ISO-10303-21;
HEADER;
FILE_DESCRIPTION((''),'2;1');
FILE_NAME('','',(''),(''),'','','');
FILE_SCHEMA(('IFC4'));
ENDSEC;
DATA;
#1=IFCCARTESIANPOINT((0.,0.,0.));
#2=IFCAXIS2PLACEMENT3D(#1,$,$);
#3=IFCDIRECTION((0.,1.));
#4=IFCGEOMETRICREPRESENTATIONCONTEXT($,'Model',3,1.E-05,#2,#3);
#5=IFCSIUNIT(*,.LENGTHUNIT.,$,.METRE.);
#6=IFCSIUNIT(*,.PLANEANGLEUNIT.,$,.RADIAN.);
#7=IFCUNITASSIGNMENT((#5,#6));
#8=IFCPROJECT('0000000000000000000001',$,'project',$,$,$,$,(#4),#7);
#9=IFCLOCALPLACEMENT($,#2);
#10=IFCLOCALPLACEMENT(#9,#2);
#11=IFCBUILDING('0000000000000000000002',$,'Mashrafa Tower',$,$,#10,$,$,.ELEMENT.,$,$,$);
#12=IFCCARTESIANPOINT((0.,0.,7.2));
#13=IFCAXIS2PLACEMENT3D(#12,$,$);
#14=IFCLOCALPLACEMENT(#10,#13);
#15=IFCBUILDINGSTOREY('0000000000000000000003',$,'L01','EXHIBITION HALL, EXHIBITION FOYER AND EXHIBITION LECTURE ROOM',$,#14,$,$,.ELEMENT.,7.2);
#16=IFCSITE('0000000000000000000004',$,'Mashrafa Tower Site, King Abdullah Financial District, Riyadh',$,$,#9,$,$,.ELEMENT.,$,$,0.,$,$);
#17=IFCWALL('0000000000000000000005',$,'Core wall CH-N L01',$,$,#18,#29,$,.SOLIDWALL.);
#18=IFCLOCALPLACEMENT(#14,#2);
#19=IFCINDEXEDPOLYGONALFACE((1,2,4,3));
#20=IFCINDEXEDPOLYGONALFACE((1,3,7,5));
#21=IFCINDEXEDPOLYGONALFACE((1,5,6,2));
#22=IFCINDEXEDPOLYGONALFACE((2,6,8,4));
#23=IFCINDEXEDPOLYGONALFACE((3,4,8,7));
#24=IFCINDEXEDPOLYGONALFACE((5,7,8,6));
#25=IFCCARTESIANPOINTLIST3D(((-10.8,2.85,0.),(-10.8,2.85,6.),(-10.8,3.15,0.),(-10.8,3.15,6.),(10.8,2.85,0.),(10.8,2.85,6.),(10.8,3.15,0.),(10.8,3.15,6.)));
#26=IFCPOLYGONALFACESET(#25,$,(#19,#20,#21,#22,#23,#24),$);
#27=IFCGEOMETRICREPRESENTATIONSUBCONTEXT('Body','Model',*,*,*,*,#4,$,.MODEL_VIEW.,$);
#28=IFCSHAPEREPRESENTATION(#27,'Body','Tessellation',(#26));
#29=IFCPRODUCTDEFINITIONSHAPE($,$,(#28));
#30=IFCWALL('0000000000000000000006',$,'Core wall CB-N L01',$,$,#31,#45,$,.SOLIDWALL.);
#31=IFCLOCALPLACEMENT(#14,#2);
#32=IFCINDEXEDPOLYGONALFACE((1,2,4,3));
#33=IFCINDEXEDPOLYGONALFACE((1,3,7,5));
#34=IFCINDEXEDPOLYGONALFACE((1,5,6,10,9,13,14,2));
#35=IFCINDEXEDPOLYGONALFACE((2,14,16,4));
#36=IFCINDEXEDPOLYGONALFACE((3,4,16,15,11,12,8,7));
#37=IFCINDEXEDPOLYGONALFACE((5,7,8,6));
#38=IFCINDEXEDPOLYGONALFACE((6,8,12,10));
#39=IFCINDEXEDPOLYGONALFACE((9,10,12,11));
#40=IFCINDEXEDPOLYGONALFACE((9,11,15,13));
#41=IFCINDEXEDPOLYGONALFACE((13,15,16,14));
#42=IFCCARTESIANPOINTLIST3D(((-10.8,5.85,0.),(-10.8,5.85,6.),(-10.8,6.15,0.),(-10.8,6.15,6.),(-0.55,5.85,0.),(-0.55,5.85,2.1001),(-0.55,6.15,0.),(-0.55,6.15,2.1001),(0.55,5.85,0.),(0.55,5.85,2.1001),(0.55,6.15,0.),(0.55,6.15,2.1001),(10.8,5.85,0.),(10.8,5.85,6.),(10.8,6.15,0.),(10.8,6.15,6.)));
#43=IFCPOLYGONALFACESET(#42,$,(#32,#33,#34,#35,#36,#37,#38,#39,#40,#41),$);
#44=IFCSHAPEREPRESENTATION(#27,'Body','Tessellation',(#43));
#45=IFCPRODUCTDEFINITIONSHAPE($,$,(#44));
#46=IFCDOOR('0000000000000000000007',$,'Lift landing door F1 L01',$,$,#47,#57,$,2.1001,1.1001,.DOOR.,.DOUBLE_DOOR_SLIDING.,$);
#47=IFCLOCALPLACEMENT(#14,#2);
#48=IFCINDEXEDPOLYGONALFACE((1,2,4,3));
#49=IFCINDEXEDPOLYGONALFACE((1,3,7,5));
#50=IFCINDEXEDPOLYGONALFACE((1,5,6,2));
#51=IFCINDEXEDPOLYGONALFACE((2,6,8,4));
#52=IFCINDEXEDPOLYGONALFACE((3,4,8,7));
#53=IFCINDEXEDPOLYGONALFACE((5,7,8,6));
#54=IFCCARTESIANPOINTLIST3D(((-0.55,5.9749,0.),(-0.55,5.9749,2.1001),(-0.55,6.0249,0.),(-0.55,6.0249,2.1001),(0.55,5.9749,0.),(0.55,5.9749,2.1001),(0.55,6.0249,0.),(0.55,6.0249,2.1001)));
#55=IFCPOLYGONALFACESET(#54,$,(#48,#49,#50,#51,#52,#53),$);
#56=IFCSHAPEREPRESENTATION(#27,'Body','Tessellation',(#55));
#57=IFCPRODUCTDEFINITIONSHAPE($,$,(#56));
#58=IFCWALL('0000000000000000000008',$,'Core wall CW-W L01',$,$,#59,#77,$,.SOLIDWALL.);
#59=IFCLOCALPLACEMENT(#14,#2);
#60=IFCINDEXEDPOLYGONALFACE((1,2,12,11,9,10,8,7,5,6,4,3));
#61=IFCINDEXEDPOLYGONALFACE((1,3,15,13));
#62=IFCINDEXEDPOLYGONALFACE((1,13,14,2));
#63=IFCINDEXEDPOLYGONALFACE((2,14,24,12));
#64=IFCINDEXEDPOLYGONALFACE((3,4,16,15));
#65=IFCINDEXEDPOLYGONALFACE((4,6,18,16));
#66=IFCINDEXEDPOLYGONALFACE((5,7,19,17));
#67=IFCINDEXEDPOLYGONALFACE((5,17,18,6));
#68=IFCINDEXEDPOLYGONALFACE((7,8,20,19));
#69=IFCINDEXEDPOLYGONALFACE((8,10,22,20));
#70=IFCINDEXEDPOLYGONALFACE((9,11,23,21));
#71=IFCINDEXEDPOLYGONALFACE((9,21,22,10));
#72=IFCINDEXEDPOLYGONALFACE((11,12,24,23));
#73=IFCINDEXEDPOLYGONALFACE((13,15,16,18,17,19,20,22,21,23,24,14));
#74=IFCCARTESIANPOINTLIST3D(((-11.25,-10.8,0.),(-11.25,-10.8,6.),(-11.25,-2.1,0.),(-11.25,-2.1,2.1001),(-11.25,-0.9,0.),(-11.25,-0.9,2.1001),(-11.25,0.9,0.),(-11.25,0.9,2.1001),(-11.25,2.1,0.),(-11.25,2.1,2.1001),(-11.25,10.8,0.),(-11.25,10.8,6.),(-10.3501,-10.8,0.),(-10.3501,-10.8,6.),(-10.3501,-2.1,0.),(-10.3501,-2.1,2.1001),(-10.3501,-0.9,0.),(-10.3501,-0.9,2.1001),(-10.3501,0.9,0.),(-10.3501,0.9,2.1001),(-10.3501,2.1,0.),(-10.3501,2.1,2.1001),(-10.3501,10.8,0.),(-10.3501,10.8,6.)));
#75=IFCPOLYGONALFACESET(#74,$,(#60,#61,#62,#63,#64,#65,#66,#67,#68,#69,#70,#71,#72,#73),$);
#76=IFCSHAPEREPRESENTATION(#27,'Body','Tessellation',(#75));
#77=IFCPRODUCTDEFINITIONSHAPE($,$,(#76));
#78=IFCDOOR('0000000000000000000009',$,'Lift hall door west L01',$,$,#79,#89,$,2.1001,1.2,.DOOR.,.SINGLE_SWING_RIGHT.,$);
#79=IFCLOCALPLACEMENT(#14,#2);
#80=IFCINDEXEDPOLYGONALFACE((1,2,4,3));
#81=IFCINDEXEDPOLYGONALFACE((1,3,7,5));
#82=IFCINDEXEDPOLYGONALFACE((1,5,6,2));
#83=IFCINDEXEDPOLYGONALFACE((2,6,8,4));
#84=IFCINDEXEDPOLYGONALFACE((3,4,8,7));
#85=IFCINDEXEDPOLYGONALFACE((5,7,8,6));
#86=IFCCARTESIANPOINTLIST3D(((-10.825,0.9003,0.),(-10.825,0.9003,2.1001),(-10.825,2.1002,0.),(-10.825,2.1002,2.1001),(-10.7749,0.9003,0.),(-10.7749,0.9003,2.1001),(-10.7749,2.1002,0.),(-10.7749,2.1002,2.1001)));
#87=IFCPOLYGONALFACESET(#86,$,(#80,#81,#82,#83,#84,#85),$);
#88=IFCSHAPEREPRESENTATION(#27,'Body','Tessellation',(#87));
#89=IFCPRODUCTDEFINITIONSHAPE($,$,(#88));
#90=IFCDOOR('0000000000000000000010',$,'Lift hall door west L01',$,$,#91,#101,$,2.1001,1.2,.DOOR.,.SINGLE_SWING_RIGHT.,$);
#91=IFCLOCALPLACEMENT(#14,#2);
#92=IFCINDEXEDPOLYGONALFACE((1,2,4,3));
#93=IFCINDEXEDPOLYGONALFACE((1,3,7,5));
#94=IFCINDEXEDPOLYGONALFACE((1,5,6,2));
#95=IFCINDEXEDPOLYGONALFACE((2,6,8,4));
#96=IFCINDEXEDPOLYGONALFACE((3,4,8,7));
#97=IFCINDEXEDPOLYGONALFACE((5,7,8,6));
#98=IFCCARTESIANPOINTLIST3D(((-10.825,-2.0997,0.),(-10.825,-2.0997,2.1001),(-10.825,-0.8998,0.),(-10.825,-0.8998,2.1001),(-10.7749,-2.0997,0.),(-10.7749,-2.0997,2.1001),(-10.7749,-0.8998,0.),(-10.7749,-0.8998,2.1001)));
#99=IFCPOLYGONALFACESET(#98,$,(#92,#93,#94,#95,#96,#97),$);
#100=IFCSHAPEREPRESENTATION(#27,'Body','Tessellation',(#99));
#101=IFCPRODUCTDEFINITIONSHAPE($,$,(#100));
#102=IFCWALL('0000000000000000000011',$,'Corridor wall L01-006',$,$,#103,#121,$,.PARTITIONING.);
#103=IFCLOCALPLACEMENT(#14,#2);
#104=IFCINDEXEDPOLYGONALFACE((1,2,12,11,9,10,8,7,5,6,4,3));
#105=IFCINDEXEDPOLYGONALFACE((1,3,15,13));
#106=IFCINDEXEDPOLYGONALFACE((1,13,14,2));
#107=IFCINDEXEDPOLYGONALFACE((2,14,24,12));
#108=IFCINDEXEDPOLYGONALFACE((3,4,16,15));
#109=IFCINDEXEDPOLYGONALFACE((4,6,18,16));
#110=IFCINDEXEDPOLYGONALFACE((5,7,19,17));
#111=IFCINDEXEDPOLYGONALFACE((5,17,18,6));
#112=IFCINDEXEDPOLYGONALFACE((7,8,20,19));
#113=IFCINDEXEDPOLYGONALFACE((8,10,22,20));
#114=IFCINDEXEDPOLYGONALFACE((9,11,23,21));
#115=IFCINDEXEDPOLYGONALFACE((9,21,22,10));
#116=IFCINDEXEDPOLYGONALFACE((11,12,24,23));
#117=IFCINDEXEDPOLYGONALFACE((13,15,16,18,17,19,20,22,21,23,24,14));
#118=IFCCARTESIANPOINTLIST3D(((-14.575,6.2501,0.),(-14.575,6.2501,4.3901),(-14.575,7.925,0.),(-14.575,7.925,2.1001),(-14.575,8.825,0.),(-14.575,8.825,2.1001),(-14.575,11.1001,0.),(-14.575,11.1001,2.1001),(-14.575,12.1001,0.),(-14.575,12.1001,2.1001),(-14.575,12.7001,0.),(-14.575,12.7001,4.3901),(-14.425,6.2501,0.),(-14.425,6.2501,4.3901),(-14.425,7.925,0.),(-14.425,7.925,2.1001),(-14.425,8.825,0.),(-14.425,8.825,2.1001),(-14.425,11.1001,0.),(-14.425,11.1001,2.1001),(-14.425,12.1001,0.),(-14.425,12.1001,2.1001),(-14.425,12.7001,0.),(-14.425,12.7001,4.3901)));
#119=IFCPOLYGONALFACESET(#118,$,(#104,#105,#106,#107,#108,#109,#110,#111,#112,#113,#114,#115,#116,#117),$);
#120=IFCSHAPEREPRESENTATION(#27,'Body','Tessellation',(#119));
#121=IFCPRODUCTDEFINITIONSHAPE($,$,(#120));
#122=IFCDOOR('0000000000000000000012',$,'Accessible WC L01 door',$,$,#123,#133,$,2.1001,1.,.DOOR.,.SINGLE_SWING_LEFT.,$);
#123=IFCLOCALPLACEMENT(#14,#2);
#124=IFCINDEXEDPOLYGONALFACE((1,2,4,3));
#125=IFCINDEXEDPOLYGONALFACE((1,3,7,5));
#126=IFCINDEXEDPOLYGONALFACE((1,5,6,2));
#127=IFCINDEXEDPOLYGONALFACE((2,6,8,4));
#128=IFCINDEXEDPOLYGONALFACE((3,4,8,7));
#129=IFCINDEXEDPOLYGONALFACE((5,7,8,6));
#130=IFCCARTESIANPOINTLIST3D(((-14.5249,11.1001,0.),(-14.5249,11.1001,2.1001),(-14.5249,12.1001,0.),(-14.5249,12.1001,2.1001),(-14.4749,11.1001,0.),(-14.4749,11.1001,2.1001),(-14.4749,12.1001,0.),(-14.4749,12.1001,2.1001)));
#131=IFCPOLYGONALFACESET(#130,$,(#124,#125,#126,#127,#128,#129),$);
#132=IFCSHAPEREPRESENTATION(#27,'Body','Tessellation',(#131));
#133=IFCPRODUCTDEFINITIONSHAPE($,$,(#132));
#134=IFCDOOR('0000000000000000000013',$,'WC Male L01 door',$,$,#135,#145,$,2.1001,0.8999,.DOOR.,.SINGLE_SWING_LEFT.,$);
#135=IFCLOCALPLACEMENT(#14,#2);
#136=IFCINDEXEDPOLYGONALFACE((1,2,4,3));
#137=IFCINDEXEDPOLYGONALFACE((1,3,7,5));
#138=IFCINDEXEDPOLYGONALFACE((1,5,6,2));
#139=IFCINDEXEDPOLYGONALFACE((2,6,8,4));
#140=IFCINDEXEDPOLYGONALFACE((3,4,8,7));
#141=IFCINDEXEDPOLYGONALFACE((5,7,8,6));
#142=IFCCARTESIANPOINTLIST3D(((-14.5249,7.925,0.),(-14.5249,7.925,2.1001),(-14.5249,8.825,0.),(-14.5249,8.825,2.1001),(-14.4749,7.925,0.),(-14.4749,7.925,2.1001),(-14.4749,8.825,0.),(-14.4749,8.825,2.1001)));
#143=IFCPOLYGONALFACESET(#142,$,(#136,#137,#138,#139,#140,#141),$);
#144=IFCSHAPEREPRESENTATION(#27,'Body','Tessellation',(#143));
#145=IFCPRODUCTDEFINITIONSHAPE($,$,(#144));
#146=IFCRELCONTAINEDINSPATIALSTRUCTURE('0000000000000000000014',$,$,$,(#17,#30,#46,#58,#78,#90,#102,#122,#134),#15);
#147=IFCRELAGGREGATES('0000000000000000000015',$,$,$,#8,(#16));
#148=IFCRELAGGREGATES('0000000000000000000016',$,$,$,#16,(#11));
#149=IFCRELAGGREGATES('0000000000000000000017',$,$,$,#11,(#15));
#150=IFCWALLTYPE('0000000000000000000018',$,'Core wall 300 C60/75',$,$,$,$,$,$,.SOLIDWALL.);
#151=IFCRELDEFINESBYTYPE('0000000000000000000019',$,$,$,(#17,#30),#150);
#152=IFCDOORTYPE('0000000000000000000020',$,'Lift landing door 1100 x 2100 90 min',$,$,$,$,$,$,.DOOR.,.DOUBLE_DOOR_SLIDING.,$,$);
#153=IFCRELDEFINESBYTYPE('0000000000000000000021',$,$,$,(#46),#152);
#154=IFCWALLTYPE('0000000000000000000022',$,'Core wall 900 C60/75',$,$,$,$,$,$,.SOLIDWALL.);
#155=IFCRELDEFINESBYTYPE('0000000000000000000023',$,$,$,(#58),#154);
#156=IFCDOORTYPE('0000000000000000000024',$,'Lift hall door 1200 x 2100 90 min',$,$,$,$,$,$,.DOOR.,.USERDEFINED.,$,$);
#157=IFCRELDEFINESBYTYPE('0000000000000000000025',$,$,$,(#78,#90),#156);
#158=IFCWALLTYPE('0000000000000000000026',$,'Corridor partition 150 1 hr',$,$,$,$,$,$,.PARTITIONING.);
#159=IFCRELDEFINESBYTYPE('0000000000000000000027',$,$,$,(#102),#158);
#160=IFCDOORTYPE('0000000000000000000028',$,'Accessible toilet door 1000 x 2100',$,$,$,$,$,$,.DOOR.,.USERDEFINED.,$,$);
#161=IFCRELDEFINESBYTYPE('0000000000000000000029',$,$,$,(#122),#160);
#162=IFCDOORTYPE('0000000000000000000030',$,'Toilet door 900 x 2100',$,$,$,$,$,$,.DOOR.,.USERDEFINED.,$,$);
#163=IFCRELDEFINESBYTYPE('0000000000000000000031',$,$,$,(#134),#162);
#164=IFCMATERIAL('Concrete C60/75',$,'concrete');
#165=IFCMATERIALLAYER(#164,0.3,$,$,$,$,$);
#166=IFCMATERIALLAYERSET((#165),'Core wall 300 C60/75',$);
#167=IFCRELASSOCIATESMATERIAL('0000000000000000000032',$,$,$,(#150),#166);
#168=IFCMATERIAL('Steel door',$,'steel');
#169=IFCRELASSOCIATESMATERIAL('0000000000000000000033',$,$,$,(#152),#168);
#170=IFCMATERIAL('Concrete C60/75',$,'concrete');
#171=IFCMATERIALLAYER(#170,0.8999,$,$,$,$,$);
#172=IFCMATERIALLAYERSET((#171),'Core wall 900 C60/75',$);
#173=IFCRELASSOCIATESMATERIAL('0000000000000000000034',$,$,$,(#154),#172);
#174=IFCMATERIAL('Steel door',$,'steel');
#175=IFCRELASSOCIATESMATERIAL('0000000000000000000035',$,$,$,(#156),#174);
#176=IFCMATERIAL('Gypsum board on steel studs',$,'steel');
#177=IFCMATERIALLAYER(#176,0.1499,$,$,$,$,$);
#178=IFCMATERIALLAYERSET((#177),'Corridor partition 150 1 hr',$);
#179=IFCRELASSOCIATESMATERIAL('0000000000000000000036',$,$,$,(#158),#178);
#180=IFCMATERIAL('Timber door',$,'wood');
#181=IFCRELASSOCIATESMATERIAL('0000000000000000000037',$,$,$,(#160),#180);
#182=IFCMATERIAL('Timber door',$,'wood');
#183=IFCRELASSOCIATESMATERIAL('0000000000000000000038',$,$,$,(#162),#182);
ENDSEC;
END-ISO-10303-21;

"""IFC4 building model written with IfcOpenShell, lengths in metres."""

from ifc_helpers import new_model, si_unit, direction, frame, frame_2d, origin, place, context, subcontext, project, spatial, rectangle, extrude, material, layer, layer_set, type_object, element, fill, save


model = new_model("IFC4")

# Units and contexts
model_context = context("Model", 3, precision=1e-05, world=origin(), true_north=direction((0.0, 1.0)))
body_context = subcontext(model_context, "Body", "Model", "MODEL_VIEW")
ifc_project = project(units=[si_unit("LENGTHUNIT", "METRE"), si_unit("PLANEANGLEUNIT", "RADIAN")], contexts=[model_context])

# Site, building, storey
site_placement = place(None, origin())
site = spatial("IfcSite", under=ifc_project, at=site_placement, Name="Mashrafa Tower Site, King Abdullah Financial District, Riyadh", CompositionType="ELEMENT", RefElevation=0.0)
building_placement = place(site_placement, origin())
building = spatial("IfcBuilding", under=site, at=building_placement, Name="Mashrafa Tower", CompositionType="ELEMENT")
storey_placement = place(building_placement, frame((0.0, 0.0, 7.2)))
storey = spatial("IfcBuildingStorey", under=building, at=storey_placement, Name="L01", Description="EXHIBITION HALL, EXHIBITION FOYER AND EXHIBITION LECTURE ROOM", CompositionType="ELEMENT", Elevation=7.2)

# Wall
ifc_material_1 = material(Name="Concrete C60/75", Category="concrete")
ifc_layer_1 = layer(ifc_material_1, 0.3)
ifc_layer_set_1 = layer_set([ifc_layer_1], Name="Core wall 300 C60/75")
wall_type_1 = type_object("IfcWallType", Name="Core wall 300 C60/75", PredefinedType="SOLIDWALL", material=ifc_layer_set_1)
wall_1_placement = place(storey_placement, frame((-10.8, 3.0, 0.0), z_axis=(0.0, 0.0, 1.0), x_axis=(1.0, 0.0, 0.0)))
element("IfcWall", 1, at=wall_1_placement, inside=storey, type_object=wall_type_1, Name="Core wall CH-N L01", PredefinedType="SOLIDWALL", context=body_context, shape_type="SweptSolid", body=[
    extrude(rectangle(XDim=21.6001, YDim=0.3, at=frame_2d((10.8, 0.0))), origin(), (0.0, 0.0, 1.0), 6.0),
])

# Wall, opening, door
wall_2_placement = place(storey_placement, frame((-10.8, 6.0, 0.0), z_axis=(0.0, 0.0, 1.0), x_axis=(1.0, 0.0, 0.0)))
wall_2 = element("IfcWall", 2, at=wall_2_placement, inside=storey, type_object=wall_type_1, Name="Core wall CB-N L01", PredefinedType="SOLIDWALL", context=body_context, shape_type="SweptSolid", body=[
    extrude(rectangle(XDim=21.6001, YDim=0.3, at=frame_2d((10.8, 0.0))), origin(), (0.0, 0.0, 1.0), 6.0),
])
opening_1_placement = place(wall_2_placement, frame((10.25, 0.0, 0.0)))
opening_1 = element("IfcOpeningElement", 3, at=opening_1_placement, cuts=wall_2, PredefinedType="OPENING", context=body_context, shape_type="SweptSolid", body=[
    extrude(rectangle(XDim=1.1001, YDim=2.1001, at=frame_2d((0.55, 1.05))), frame((0.0, 0.1599, 0.0), z_axis=(0.0, -1.0, 0.0), x_axis=(1.0, 0.0, 0.0)), (0.0, 0.0, 1.0), 0.3201),
])
ifc_material_2 = material(Name="Steel door", Category="steel")
door_type_1 = type_object("IfcDoorType", Name="Lift landing door 1100 x 2100 90 min", OperationType="DOUBLE_DOOR_SLIDING", PredefinedType="DOOR", material=ifc_material_2)
door_1_placement = place(opening_1_placement, origin())
door_1 = element("IfcDoor", 4, at=door_1_placement, inside=storey, type_object=door_type_1, Name="Lift landing door F1 L01", OperationType="DOUBLE_DOOR_SLIDING", OverallHeight=2.1001, OverallWidth=1.1001, PredefinedType="DOOR", context=body_context, shape_type="SweptSolid", body=[
    extrude(rectangle(XDim=1.1001, YDim=2.1001, at=frame_2d((0.55, 1.05))), frame((0.0, 0.0249, 0.0), z_axis=(0.0, -1.0, 0.0), x_axis=(1.0, 0.0, 0.0)), (0.0, 0.0, 1.0), 0.05),
])
fill(opening_1, door_1)

# Walls, openings, doors
ifc_material_3 = material(Name="Concrete C60/75", Category="concrete")
ifc_layer_2 = layer(ifc_material_3, 0.8999)
ifc_layer_set_2 = layer_set([ifc_layer_2], Name="Core wall 900 C60/75")
wall_type_2 = type_object("IfcWallType", Name="Core wall 900 C60/75", PredefinedType="SOLIDWALL", material=ifc_layer_set_2)
wall_3_placement = place(storey_placement, frame((-10.8, 10.8, 0.0), z_axis=(0.0, 0.0, 1.0), x_axis=(0.0, -1.0, 0.0)))
wall_3 = element("IfcWall", 5, at=wall_3_placement, inside=storey, type_object=wall_type_2, Name="Core wall CW-W L01", PredefinedType="SOLIDWALL", context=body_context, shape_type="SweptSolid", body=[
    extrude(rectangle(XDim=21.6001, YDim=0.8999, at=frame_2d((10.8, 0.0))), origin(), (0.0, 0.0, 1.0), 6.0),
])
opening_2_placement = place(wall_3_placement, frame((8.7, 0.0, 0.0)))
opening_2 = element("IfcOpeningElement", 6, at=opening_2_placement, cuts=wall_3, PredefinedType="OPENING", context=body_context, shape_type="SweptSolid", body=[
    extrude(rectangle(XDim=1.2, YDim=2.1001, at=frame_2d((0.6001, 1.05))), frame((0.0, 0.46, 0.0), z_axis=(0.0, -1.0, 0.0), x_axis=(1.0, 0.0, 0.0)), (0.0, 0.0, 1.0), 0.9199),
])
opening_3_placement = place(wall_3_placement, frame((11.7, 0.0, 0.0)))
opening_3 = element("IfcOpeningElement", 7, at=opening_3_placement, cuts=wall_3, PredefinedType="OPENING", context=body_context, shape_type="SweptSolid", body=[
    extrude(rectangle(XDim=1.2, YDim=2.1001, at=frame_2d((0.6001, 1.05))), frame((0.0, 0.46, 0.0), z_axis=(0.0, -1.0, 0.0), x_axis=(1.0, 0.0, 0.0)), (0.0, 0.0, 1.0), 0.9199),
])
ifc_material_4 = material(Name="Steel door", Category="steel")
door_type_2 = type_object("IfcDoorType", Name="Lift hall door 1200 x 2100 90 min", OperationType="USERDEFINED", PredefinedType="DOOR", material=ifc_material_4)
door_2_placement = place(opening_2_placement, frame((1.2, 0.0, 0.0), z_axis=(0.0, 0.0, 1.0), x_axis=(-1.0, 0.0, 0.0)))
door_2 = element("IfcDoor", 8, at=door_2_placement, inside=storey, type_object=door_type_2, Name="Lift hall door west L01", OperationType="SINGLE_SWING_RIGHT", OverallHeight=2.1001, OverallWidth=1.2, PredefinedType="DOOR", context=body_context, shape_type="SweptSolid", body=[
    extrude(rectangle(XDim=1.2, YDim=2.1001, at=frame_2d((0.6001, 1.05))), frame((0.0, 0.0249, 0.0), z_axis=(0.0, -1.0, 0.0), x_axis=(1.0, 0.0, 0.0)), (0.0, 0.0, 1.0), 0.05),
])
fill(opening_2, door_2)
door_3_placement = place(opening_3_placement, frame((1.2, 0.0, 0.0), z_axis=(0.0, 0.0, 1.0), x_axis=(-1.0, 0.0, 0.0)))
door_3 = element("IfcDoor", 9, at=door_3_placement, inside=storey, type_object=door_type_2, Name="Lift hall door west L01", OperationType="SINGLE_SWING_RIGHT", OverallHeight=2.1001, OverallWidth=1.2, PredefinedType="DOOR", context=body_context, shape_type="SweptSolid", body=[
    extrude(rectangle(XDim=1.2, YDim=2.1001, at=frame_2d((0.6001, 1.05))), frame((0.0, 0.0249, 0.0), z_axis=(0.0, -1.0, 0.0), x_axis=(1.0, 0.0, 0.0)), (0.0, 0.0, 1.0), 0.05),
])
fill(opening_3, door_3)
ifc_material_5 = material(Name="Gypsum board on steel studs", Category="steel")
ifc_layer_3 = layer(ifc_material_5, 0.1499)
ifc_layer_set_3 = layer_set([ifc_layer_3], Name="Corridor partition 150 1 hr")
wall_type_3 = type_object("IfcWallType", Name="Corridor partition 150 1 hr", PredefinedType="PARTITIONING", material=ifc_layer_set_3)
wall_4_placement = place(storey_placement, frame((-14.5, 6.25, 0.0), z_axis=(0.0, 0.0, 1.0), x_axis=(0.0, 1.0, 0.0)))
wall_4 = element("IfcWall", 10, at=wall_4_placement, inside=storey, type_object=wall_type_3, Name="Corridor wall L01-006", PredefinedType="PARTITIONING", context=body_context, shape_type="SweptSolid", body=[
    extrude(rectangle(XDim=6.45, YDim=0.1499, at=frame_2d((3.2251, 0.0))), origin(), (0.0, 0.0, 1.0), 4.3901),
])
opening_4_placement = place(wall_4_placement, frame((1.675, 0.0, 0.0)))
opening_4 = element("IfcOpeningElement", 11, at=opening_4_placement, cuts=wall_4, PredefinedType="OPENING", context=body_context, shape_type="SweptSolid", body=[
    extrude(rectangle(XDim=0.8999, YDim=2.1001, at=frame_2d((0.45, 1.05))), frame((0.0, 0.085, 0.0), z_axis=(0.0, -1.0, 0.0), x_axis=(1.0, 0.0, 0.0)), (0.0, 0.0, 1.0), 0.1699),
])
opening_5_placement = place(wall_4_placement, frame((4.8501, 0.0, 0.0)))
opening_5 = element("IfcOpeningElement", 12, at=opening_5_placement, cuts=wall_4, PredefinedType="OPENING", context=body_context, shape_type="SweptSolid", body=[
    extrude(rectangle(XDim=1.0, YDim=2.1001, at=frame_2d((0.5, 1.05))), frame((0.0, 0.085, 0.0), z_axis=(0.0, -1.0, 0.0), x_axis=(1.0, 0.0, 0.0)), (0.0, 0.0, 1.0), 0.1699),
])
ifc_material_6 = material(Name="Timber door", Category="wood")
door_type_3 = type_object("IfcDoorType", Name="Accessible toilet door 1000 x 2100", OperationType="USERDEFINED", PredefinedType="DOOR", material=ifc_material_6)
door_4_placement = place(opening_5_placement, origin())
door_4 = element("IfcDoor", 13, at=door_4_placement, inside=storey, type_object=door_type_3, Name="Accessible WC L01 door", OperationType="SINGLE_SWING_LEFT", OverallHeight=2.1001, OverallWidth=1.0, PredefinedType="DOOR", context=body_context, shape_type="SweptSolid", body=[
    extrude(rectangle(XDim=1.0, YDim=2.1001, at=frame_2d((0.5, 1.05))), frame((0.0, 0.0249, 0.0), z_axis=(0.0, -1.0, 0.0), x_axis=(1.0, 0.0, 0.0)), (0.0, 0.0, 1.0), 0.05),
])
fill(opening_5, door_4)
ifc_material_7 = material(Name="Timber door", Category="wood")
door_type_4 = type_object("IfcDoorType", Name="Toilet door 900 x 2100", OperationType="USERDEFINED", PredefinedType="DOOR", material=ifc_material_7)
door_5_placement = place(opening_4_placement, origin())
door_5 = element("IfcDoor", 14, at=door_5_placement, inside=storey, type_object=door_type_4, Name="WC Male L01 door", OperationType="SINGLE_SWING_LEFT", OverallHeight=2.1001, OverallWidth=0.8999, PredefinedType="DOOR", context=body_context, shape_type="SweptSolid", body=[
    extrude(rectangle(XDim=0.8999, YDim=2.1001, at=frame_2d((0.45, 1.05))), frame((0.0, 0.0249, 0.0), z_axis=(0.0, -1.0, 0.0), x_axis=(1.0, 0.0, 0.0)), (0.0, 0.0, 1.0), 0.05),
])
fill(opening_4, door_5)

save(model, "model.ifc")
